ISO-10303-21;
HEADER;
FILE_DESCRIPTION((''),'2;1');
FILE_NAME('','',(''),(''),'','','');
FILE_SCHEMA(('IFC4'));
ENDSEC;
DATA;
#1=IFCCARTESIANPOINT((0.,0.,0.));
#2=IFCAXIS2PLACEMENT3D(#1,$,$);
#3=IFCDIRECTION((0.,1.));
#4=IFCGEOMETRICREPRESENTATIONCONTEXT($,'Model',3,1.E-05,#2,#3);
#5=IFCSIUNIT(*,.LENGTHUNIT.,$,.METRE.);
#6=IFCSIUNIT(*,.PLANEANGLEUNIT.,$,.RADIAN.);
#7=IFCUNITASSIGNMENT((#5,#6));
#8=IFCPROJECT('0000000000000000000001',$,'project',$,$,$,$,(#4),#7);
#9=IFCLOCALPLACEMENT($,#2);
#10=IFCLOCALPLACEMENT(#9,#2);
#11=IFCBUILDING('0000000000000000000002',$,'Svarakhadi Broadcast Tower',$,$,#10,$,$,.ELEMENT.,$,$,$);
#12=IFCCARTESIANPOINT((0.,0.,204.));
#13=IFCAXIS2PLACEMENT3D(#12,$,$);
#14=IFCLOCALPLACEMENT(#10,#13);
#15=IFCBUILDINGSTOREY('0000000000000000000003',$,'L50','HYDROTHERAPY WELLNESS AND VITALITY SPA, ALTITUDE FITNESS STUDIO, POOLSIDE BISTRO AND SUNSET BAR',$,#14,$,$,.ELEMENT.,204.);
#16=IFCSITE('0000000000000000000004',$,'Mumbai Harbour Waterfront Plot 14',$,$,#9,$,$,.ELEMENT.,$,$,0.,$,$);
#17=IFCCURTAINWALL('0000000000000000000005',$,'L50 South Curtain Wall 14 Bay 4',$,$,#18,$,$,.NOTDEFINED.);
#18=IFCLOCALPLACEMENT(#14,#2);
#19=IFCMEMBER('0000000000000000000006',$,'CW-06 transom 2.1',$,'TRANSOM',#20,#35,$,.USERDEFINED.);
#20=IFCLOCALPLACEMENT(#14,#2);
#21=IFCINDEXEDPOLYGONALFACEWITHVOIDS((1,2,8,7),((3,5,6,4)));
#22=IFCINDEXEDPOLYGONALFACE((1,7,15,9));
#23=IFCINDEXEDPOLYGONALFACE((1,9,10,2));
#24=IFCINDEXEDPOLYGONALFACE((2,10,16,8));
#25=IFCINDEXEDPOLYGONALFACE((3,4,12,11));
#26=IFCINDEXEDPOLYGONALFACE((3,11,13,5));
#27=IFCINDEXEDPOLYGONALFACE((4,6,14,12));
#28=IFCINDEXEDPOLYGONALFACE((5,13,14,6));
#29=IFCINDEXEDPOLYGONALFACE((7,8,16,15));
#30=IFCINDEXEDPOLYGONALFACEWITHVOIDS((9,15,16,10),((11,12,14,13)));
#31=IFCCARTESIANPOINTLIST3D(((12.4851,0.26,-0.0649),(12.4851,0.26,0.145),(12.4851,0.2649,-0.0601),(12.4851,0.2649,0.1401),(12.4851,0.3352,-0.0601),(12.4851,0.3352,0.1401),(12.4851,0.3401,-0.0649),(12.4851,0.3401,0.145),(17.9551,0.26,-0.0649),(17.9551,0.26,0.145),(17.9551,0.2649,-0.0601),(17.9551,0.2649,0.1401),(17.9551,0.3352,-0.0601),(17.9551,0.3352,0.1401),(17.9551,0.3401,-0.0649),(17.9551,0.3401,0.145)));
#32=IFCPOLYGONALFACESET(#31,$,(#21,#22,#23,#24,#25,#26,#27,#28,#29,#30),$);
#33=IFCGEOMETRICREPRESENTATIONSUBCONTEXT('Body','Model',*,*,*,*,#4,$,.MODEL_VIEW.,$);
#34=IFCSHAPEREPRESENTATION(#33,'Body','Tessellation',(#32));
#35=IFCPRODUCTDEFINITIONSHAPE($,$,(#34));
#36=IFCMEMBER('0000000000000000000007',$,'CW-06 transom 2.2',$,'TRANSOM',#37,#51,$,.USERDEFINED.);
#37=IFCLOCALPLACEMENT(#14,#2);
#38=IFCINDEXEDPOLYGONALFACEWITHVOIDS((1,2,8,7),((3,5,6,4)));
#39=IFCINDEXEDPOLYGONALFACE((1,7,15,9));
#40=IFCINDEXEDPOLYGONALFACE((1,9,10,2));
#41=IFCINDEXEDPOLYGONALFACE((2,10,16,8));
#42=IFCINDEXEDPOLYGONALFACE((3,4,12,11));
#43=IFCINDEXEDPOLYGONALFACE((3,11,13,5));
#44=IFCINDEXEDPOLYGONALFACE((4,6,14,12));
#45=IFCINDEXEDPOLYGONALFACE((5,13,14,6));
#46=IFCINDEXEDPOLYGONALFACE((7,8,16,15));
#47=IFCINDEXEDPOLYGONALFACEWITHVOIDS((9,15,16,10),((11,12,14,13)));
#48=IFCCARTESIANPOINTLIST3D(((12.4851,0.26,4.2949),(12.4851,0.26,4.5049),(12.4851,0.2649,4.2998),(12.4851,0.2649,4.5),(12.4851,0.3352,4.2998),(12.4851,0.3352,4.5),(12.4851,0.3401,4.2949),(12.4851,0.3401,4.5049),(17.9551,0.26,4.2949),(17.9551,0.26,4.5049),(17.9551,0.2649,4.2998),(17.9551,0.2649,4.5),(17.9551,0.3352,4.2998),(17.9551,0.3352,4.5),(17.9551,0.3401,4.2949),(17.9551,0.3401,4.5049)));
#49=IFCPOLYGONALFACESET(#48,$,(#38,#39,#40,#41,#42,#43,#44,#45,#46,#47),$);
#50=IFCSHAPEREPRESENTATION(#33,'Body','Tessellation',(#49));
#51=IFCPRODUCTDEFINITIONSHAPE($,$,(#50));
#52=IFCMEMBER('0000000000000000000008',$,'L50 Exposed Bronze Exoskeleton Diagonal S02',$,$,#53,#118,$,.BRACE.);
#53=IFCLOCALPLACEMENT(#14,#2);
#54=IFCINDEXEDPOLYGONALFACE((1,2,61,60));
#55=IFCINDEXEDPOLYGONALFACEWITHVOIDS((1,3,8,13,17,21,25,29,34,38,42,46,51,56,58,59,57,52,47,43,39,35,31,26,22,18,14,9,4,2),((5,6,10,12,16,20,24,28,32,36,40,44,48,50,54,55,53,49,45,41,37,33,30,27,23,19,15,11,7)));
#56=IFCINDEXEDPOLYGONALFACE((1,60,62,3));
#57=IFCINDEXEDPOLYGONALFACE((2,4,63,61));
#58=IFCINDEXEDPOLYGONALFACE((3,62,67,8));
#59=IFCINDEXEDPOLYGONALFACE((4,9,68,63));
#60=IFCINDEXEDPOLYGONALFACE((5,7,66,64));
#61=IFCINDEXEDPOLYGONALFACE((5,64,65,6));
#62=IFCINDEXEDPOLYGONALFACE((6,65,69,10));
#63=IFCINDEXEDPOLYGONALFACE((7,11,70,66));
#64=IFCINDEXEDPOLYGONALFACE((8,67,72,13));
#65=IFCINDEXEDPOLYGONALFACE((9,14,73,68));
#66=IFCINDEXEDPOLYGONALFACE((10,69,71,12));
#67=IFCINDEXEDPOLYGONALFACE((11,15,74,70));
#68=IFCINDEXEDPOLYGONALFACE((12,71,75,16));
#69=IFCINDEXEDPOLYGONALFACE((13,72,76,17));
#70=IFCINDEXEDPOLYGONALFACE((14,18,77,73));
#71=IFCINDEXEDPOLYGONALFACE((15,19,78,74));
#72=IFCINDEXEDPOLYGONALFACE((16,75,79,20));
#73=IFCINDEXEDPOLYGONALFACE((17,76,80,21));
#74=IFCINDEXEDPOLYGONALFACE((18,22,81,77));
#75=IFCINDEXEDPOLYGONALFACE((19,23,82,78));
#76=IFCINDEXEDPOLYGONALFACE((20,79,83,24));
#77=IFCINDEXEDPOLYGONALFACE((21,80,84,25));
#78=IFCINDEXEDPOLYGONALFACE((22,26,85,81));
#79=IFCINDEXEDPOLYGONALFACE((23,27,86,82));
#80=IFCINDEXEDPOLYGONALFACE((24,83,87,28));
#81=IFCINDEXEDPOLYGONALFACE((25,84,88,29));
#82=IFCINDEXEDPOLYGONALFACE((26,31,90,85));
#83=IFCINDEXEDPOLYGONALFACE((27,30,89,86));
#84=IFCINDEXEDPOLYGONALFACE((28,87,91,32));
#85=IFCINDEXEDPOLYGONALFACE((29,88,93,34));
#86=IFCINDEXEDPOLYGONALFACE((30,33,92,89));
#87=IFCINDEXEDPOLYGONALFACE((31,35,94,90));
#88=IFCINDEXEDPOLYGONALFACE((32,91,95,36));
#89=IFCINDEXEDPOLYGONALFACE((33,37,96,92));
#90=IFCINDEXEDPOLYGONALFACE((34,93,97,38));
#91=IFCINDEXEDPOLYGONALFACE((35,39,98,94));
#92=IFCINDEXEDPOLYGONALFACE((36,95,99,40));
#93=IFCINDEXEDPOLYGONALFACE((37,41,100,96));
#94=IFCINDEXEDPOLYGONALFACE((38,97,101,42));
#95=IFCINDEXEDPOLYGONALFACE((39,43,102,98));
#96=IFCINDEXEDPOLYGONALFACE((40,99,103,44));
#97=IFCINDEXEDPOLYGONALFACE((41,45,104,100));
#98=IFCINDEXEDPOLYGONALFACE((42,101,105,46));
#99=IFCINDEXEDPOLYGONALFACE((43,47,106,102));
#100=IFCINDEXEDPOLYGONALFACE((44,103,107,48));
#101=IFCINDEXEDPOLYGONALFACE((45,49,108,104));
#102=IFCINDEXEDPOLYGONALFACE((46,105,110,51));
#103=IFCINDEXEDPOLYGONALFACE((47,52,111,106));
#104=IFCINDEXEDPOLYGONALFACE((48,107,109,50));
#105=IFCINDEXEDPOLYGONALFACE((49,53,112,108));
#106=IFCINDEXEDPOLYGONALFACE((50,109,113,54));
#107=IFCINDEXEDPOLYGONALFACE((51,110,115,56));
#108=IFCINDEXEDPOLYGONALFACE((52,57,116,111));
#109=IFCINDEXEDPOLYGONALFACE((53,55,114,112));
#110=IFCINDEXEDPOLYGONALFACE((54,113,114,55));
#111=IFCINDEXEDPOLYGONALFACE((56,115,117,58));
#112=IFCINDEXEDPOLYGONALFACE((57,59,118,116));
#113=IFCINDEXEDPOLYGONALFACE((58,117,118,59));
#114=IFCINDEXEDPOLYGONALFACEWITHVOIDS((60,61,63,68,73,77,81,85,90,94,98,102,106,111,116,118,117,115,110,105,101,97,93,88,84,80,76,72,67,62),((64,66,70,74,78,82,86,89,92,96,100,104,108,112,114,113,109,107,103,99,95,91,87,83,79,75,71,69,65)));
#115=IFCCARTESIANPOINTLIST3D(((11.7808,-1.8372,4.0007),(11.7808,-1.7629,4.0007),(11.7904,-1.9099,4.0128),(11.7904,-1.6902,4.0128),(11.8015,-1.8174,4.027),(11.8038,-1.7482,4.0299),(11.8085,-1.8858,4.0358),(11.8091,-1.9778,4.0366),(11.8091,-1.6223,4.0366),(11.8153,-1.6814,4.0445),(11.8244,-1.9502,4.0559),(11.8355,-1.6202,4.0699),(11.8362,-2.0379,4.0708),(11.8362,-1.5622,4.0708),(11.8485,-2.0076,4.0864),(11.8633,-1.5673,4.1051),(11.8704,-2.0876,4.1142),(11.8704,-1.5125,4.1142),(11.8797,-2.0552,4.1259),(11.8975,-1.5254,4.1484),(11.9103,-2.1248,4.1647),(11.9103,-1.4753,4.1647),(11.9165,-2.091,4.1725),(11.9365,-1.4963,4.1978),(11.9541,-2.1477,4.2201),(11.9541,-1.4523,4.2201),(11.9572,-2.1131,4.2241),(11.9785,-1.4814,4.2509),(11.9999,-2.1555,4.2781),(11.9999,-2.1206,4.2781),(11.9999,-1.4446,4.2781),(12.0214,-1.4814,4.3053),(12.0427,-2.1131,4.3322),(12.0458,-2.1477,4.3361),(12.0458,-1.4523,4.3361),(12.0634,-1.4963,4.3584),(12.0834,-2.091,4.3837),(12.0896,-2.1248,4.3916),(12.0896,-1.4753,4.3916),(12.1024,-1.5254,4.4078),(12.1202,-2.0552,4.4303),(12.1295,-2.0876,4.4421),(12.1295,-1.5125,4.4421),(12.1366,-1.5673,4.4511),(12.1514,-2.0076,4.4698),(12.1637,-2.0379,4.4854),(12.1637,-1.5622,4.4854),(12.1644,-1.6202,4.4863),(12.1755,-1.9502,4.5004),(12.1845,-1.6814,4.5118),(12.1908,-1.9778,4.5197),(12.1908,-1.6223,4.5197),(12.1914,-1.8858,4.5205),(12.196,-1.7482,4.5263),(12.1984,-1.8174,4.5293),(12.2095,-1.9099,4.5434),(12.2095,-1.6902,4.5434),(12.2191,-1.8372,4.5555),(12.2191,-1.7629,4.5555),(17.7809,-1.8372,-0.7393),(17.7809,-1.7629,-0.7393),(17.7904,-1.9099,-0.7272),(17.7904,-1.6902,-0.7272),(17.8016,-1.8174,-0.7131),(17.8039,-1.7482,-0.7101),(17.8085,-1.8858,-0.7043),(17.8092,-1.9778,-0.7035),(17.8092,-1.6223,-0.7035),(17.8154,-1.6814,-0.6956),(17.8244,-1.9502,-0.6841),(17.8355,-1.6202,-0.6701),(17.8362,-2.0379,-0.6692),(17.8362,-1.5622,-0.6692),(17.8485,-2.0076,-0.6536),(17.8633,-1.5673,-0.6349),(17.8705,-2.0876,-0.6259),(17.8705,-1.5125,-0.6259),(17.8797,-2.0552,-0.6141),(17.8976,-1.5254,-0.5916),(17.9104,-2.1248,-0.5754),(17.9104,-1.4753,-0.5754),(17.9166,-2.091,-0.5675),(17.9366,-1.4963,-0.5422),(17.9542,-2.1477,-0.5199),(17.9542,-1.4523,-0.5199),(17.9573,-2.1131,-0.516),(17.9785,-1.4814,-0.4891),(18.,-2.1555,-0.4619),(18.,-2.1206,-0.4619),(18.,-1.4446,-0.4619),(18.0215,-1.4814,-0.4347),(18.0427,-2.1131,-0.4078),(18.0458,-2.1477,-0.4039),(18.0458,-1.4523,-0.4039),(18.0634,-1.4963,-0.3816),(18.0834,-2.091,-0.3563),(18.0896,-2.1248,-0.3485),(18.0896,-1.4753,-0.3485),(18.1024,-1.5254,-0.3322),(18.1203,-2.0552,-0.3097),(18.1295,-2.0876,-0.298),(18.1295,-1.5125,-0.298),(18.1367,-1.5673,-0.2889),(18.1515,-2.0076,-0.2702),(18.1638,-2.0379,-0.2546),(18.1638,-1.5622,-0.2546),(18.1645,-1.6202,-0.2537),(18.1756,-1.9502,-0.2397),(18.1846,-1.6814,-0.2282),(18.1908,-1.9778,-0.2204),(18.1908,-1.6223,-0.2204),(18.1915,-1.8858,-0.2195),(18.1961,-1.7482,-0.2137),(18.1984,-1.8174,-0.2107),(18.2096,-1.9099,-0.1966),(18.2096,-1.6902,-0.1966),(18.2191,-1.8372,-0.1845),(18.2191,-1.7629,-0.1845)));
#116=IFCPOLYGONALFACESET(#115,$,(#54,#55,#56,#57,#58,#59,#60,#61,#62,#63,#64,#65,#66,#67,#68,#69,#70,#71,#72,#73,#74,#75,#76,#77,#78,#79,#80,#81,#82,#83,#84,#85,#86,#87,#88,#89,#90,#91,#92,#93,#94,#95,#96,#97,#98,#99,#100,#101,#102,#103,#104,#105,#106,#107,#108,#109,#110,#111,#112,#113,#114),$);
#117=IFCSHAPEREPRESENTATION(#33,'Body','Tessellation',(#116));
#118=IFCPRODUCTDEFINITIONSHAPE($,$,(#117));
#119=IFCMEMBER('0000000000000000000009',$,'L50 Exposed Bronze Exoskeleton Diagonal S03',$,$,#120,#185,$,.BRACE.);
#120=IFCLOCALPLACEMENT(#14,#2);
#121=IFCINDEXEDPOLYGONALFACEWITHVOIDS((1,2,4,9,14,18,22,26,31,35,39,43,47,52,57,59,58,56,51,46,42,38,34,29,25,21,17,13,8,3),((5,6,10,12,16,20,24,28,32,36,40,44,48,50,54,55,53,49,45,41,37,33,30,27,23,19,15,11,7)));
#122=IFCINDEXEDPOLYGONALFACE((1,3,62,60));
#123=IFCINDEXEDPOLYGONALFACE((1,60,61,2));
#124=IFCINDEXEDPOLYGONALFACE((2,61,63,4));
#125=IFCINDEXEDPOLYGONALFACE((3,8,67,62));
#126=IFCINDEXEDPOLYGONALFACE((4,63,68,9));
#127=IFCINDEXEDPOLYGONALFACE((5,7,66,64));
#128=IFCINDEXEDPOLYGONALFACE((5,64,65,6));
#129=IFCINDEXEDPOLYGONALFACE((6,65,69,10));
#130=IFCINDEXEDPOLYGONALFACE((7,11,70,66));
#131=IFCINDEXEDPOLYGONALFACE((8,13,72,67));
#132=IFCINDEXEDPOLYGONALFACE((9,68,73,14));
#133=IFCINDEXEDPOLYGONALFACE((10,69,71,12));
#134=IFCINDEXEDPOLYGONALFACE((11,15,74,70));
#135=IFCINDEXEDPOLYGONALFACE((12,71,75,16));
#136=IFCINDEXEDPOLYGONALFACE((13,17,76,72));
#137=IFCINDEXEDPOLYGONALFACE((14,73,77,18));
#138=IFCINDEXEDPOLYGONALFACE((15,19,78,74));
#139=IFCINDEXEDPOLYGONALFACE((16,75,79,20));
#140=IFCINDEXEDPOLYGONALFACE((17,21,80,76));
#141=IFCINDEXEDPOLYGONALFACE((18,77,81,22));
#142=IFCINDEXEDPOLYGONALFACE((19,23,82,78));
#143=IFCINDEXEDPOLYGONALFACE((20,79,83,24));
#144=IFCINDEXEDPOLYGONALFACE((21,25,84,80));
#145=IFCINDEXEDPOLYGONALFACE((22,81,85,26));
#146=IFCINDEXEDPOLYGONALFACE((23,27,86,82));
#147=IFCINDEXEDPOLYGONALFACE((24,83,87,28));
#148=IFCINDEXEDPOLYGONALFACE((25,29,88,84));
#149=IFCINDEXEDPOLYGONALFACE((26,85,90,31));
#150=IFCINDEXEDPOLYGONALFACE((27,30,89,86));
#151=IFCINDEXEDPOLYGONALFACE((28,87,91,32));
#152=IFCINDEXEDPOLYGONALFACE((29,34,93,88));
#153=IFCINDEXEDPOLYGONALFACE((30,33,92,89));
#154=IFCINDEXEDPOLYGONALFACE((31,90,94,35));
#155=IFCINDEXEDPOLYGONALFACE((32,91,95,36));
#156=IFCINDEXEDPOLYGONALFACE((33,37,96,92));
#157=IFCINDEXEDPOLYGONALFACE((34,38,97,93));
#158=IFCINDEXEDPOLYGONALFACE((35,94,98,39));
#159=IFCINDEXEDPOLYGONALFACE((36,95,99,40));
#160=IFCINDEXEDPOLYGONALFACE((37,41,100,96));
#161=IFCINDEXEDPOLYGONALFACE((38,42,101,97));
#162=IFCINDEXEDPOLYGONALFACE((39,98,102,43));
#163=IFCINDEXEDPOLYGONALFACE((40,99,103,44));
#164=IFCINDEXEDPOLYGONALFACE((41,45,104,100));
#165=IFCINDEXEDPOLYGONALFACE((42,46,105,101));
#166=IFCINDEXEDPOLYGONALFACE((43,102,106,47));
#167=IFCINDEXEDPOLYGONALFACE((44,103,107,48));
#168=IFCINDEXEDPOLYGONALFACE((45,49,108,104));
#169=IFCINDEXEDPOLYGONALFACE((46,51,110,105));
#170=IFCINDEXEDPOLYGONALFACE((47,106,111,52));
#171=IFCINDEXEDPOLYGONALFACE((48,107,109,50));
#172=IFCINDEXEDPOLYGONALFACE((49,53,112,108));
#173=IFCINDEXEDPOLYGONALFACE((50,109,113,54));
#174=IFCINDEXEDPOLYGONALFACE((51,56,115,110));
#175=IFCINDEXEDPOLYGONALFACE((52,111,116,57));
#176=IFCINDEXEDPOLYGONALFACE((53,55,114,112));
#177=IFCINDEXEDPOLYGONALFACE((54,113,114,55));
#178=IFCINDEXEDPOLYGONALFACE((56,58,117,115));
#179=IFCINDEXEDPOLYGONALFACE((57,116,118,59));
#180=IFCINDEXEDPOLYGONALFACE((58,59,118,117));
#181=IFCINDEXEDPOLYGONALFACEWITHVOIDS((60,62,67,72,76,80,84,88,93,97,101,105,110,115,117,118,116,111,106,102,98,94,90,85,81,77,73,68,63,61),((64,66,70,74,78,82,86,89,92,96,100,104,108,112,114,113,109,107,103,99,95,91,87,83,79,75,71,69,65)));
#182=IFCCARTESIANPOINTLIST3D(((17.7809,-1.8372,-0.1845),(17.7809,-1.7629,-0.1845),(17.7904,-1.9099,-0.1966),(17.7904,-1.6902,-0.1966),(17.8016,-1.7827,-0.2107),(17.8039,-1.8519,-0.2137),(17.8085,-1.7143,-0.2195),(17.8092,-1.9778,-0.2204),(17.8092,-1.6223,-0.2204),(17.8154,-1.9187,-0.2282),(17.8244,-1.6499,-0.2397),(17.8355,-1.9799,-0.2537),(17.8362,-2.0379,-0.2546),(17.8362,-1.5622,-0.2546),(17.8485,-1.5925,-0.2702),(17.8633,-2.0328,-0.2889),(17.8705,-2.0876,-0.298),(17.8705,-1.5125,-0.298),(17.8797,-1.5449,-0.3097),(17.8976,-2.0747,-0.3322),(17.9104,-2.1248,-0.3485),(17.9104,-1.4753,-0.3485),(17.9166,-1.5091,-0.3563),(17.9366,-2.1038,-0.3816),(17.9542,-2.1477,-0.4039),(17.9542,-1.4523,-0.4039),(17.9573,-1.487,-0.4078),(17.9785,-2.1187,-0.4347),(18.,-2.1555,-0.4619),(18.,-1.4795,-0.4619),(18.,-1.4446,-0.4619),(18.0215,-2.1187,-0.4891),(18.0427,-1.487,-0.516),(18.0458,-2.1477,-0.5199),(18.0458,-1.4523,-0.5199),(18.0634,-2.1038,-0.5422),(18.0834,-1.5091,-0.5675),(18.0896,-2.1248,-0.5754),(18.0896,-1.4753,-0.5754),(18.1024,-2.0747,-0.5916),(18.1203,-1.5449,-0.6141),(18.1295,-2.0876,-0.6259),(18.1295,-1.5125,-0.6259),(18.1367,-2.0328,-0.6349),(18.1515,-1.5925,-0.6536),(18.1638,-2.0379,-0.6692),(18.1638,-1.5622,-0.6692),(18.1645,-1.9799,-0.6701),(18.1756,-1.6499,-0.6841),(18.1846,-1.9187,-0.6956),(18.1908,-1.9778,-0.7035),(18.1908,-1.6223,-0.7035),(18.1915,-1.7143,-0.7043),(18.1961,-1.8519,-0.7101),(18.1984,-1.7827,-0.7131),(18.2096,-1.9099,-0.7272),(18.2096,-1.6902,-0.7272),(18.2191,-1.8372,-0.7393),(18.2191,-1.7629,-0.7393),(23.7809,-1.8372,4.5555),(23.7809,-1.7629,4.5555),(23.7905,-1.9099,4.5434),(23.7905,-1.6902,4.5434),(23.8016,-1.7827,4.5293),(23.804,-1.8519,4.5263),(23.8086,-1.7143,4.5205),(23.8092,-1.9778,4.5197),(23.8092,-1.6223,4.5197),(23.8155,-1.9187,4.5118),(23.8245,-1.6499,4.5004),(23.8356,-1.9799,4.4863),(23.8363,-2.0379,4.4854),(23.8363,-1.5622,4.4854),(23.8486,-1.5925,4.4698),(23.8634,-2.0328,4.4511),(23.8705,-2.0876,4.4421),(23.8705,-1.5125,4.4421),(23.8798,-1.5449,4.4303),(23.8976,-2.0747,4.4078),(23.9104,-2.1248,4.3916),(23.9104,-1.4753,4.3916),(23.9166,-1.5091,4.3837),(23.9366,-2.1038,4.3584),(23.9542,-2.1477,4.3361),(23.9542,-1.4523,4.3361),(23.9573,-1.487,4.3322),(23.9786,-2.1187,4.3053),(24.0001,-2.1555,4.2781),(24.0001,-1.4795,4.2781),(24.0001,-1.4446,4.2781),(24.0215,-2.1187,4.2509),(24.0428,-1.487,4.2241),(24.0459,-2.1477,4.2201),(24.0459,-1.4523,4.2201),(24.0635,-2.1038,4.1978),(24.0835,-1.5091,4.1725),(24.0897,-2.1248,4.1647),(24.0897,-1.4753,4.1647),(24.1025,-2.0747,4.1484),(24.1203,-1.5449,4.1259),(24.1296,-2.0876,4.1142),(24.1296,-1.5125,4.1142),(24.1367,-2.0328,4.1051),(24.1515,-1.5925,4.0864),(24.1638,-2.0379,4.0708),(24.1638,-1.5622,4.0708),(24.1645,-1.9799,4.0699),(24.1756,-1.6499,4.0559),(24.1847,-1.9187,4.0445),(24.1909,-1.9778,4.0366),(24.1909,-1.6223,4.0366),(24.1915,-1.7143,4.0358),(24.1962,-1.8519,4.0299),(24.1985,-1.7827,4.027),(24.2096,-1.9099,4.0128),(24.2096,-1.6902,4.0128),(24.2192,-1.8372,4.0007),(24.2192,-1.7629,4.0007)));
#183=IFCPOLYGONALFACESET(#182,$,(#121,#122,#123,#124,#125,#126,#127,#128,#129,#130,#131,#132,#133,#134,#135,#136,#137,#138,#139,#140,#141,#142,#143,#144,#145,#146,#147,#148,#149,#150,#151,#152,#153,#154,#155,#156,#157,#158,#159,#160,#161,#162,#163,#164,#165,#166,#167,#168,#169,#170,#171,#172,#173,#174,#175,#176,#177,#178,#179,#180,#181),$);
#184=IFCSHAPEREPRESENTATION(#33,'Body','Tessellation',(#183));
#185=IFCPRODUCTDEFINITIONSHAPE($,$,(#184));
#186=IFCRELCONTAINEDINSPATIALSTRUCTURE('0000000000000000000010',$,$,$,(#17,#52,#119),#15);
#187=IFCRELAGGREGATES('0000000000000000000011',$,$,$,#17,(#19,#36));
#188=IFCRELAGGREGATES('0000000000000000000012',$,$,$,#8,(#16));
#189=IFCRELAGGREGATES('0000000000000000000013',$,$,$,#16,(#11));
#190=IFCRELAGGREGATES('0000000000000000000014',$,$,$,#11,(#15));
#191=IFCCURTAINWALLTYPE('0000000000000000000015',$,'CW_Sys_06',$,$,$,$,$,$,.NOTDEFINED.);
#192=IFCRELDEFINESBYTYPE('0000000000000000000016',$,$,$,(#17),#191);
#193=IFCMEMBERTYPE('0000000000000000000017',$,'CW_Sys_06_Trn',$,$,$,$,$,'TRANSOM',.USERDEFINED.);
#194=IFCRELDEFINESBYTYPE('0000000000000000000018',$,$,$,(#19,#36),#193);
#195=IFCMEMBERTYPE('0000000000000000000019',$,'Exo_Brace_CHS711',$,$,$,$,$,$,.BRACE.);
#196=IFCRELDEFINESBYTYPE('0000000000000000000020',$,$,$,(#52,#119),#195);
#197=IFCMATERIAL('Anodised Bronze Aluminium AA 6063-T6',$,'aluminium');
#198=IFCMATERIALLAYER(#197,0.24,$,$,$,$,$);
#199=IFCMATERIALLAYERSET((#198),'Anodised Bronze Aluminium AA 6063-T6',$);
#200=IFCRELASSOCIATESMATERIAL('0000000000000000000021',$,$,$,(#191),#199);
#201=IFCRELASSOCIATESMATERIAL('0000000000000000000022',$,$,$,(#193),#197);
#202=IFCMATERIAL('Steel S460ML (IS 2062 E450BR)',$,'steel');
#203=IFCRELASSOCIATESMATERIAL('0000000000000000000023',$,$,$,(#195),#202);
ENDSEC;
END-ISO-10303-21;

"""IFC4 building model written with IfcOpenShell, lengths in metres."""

from ifc_helpers import new_model, si_unit, direction, frame, origin, origin_2d, place, context, subcontext, project, spatial, hollow_rectangle, hollow_circle, extrude, material, layer, layer_set, material_profile, profile_set, type_object, element, aggregate, save


model = new_model("IFC4")

# Units and contexts
model_context = context("Model", 3, precision=1e-05, world=origin(), true_north=direction((0.0, 1.0)))
body_context = subcontext(model_context, "Body", "Model", "MODEL_VIEW")
ifc_project = project(units=[si_unit("LENGTHUNIT", "METRE"), si_unit("PLANEANGLEUNIT", "RADIAN")], contexts=[model_context])

# Site, building, storey
site_placement = place(None, origin())
site = spatial("IfcSite", under=ifc_project, at=site_placement, Name="Mumbai Harbour Waterfront Plot 14", CompositionType="ELEMENT", RefElevation=0.0)
building_placement = place(site_placement, origin())
building = spatial("IfcBuilding", under=site, at=building_placement, Name="Svarakhadi Broadcast Tower", CompositionType="ELEMENT")
storey_placement = place(building_placement, frame((0.0, 0.0, 204.0)))
storey = spatial("IfcBuildingStorey", under=building, at=storey_placement, Name="L50", Description="HYDROTHERAPY WELLNESS AND VITALITY SPA, ALTITUDE FITNESS STUDIO, POOLSIDE BISTRO AND SUNSET BAR", CompositionType="ELEMENT", Elevation=204.0)

# Shared definitions
ifc_material_1 = material(Name="Steel S460ML (IS 2062 E450BR)", Category="steel")

# Curtain wall
ifc_material_2 = material(Name="Anodised Bronze Aluminium AA 6063-T6", Category="aluminium")
ifc_layer_1 = layer(ifc_material_2, 0.24)
ifc_layer_set_1 = layer_set([ifc_layer_1], Name="Anodised Bronze Aluminium AA 6063-T6")
curtain_wall_type = type_object("IfcCurtainWallType", Name="CW_Sys_06", PredefinedType="NOTDEFINED", material=ifc_layer_set_1)
curtain_wall_1_placement = place(storey_placement, origin())
curtain_wall_1 = element("IfcCurtainWall", 1, at=curtain_wall_1_placement, inside=storey, type_object=curtain_wall_type, Name="L50 South Curtain Wall 14 Bay 4", PredefinedType="NOTDEFINED")

# Members
ifc_material_profile_1 = material_profile(ifc_material_2, hollow_rectangle(XDim=0.0801, YDim=0.21, WallThickness=0.0049, at=origin_2d()), Name="ALU TRANSOM 210x80x5")
ifc_profile_set_1 = profile_set([ifc_material_profile_1], Name="Anodised Bronze Aluminium AA 6063-T6")
member_type_1 = type_object("IfcMemberType", Name="CW_Sys_06_Trn", ElementType="TRANSOM", PredefinedType="USERDEFINED", material=ifc_profile_set_1)
member_1_placement = place(storey_placement, frame((17.9551, 0.3, 0.04), z_axis=(-1.0, 0.0, 0.0), x_axis=(0.0, -1.0, 0.0)))
member_1 = element("IfcMember", 2, at=member_1_placement, type_object=member_type_1, Name="CW-06 transom 2.1", ObjectType="TRANSOM", PredefinedType="USERDEFINED", context=body_context, shape_type="SweptSolid", body=[
    extrude(hollow_rectangle(XDim=0.0801, YDim=0.21, WallThickness=0.0049, at=origin_2d()), origin(), (0.0, 0.0, 1.0), 5.47),
])
member_2_placement = place(storey_placement, frame((17.9551, 0.3, 4.3999), z_axis=(-1.0, 0.0, 0.0), x_axis=(0.0, -1.0, 0.0)))
member_2 = element("IfcMember", 3, at=member_2_placement, type_object=member_type_1, Name="CW-06 transom 2.2", ObjectType="TRANSOM", PredefinedType="USERDEFINED", context=body_context, shape_type="SweptSolid", body=[
    extrude(hollow_rectangle(XDim=0.0801, YDim=0.21, WallThickness=0.0049, at=origin_2d()), origin(), (0.0, 0.0, 1.0), 5.47),
])

# Members
ifc_material_profile_2 = material_profile(ifc_material_1, hollow_circle(Radius=0.3555, WallThickness=0.0349, at=origin_2d()), Name="CHS 711x35")
ifc_profile_set_2 = profile_set([ifc_material_profile_2], Name="Steel S460ML (IS 2062 E450BR)")
member_type_2 = type_object("IfcMemberType", Name="Exo_Brace_CHS711", PredefinedType="BRACE", material=ifc_profile_set_2)
for number, where, z_axis, x_axis, name in (
    (4, (18.0, -1.8, -0.4619), (-0.784682, 0.0, 0.619898), (0.0, -1.0, 0.0), "L50 Exposed Bronze Exoskeleton Diagonal S02"),
    (5, (18.0, -1.8, -0.4619), (0.784682, 0.0, 0.619898), (0.0, 1.0, 0.0), "L50 Exposed Bronze Exoskeleton Diagonal S03"),
):
    element("IfcMember", number, at=place(storey_placement, frame(where, z_axis=z_axis, x_axis=x_axis)), inside=storey, type_object=member_type_2, Name=name, PredefinedType="BRACE", context=body_context, shape_type="SweptSolid", body=[
        extrude(hollow_circle(Radius=0.3555, WallThickness=0.0349, at=origin_2d()), origin(), (0.0, 0.0, 1.0), 7.6465),
    ])

aggregate(curtain_wall_1, [member_1, member_2])

save(model, "model.ifc")
